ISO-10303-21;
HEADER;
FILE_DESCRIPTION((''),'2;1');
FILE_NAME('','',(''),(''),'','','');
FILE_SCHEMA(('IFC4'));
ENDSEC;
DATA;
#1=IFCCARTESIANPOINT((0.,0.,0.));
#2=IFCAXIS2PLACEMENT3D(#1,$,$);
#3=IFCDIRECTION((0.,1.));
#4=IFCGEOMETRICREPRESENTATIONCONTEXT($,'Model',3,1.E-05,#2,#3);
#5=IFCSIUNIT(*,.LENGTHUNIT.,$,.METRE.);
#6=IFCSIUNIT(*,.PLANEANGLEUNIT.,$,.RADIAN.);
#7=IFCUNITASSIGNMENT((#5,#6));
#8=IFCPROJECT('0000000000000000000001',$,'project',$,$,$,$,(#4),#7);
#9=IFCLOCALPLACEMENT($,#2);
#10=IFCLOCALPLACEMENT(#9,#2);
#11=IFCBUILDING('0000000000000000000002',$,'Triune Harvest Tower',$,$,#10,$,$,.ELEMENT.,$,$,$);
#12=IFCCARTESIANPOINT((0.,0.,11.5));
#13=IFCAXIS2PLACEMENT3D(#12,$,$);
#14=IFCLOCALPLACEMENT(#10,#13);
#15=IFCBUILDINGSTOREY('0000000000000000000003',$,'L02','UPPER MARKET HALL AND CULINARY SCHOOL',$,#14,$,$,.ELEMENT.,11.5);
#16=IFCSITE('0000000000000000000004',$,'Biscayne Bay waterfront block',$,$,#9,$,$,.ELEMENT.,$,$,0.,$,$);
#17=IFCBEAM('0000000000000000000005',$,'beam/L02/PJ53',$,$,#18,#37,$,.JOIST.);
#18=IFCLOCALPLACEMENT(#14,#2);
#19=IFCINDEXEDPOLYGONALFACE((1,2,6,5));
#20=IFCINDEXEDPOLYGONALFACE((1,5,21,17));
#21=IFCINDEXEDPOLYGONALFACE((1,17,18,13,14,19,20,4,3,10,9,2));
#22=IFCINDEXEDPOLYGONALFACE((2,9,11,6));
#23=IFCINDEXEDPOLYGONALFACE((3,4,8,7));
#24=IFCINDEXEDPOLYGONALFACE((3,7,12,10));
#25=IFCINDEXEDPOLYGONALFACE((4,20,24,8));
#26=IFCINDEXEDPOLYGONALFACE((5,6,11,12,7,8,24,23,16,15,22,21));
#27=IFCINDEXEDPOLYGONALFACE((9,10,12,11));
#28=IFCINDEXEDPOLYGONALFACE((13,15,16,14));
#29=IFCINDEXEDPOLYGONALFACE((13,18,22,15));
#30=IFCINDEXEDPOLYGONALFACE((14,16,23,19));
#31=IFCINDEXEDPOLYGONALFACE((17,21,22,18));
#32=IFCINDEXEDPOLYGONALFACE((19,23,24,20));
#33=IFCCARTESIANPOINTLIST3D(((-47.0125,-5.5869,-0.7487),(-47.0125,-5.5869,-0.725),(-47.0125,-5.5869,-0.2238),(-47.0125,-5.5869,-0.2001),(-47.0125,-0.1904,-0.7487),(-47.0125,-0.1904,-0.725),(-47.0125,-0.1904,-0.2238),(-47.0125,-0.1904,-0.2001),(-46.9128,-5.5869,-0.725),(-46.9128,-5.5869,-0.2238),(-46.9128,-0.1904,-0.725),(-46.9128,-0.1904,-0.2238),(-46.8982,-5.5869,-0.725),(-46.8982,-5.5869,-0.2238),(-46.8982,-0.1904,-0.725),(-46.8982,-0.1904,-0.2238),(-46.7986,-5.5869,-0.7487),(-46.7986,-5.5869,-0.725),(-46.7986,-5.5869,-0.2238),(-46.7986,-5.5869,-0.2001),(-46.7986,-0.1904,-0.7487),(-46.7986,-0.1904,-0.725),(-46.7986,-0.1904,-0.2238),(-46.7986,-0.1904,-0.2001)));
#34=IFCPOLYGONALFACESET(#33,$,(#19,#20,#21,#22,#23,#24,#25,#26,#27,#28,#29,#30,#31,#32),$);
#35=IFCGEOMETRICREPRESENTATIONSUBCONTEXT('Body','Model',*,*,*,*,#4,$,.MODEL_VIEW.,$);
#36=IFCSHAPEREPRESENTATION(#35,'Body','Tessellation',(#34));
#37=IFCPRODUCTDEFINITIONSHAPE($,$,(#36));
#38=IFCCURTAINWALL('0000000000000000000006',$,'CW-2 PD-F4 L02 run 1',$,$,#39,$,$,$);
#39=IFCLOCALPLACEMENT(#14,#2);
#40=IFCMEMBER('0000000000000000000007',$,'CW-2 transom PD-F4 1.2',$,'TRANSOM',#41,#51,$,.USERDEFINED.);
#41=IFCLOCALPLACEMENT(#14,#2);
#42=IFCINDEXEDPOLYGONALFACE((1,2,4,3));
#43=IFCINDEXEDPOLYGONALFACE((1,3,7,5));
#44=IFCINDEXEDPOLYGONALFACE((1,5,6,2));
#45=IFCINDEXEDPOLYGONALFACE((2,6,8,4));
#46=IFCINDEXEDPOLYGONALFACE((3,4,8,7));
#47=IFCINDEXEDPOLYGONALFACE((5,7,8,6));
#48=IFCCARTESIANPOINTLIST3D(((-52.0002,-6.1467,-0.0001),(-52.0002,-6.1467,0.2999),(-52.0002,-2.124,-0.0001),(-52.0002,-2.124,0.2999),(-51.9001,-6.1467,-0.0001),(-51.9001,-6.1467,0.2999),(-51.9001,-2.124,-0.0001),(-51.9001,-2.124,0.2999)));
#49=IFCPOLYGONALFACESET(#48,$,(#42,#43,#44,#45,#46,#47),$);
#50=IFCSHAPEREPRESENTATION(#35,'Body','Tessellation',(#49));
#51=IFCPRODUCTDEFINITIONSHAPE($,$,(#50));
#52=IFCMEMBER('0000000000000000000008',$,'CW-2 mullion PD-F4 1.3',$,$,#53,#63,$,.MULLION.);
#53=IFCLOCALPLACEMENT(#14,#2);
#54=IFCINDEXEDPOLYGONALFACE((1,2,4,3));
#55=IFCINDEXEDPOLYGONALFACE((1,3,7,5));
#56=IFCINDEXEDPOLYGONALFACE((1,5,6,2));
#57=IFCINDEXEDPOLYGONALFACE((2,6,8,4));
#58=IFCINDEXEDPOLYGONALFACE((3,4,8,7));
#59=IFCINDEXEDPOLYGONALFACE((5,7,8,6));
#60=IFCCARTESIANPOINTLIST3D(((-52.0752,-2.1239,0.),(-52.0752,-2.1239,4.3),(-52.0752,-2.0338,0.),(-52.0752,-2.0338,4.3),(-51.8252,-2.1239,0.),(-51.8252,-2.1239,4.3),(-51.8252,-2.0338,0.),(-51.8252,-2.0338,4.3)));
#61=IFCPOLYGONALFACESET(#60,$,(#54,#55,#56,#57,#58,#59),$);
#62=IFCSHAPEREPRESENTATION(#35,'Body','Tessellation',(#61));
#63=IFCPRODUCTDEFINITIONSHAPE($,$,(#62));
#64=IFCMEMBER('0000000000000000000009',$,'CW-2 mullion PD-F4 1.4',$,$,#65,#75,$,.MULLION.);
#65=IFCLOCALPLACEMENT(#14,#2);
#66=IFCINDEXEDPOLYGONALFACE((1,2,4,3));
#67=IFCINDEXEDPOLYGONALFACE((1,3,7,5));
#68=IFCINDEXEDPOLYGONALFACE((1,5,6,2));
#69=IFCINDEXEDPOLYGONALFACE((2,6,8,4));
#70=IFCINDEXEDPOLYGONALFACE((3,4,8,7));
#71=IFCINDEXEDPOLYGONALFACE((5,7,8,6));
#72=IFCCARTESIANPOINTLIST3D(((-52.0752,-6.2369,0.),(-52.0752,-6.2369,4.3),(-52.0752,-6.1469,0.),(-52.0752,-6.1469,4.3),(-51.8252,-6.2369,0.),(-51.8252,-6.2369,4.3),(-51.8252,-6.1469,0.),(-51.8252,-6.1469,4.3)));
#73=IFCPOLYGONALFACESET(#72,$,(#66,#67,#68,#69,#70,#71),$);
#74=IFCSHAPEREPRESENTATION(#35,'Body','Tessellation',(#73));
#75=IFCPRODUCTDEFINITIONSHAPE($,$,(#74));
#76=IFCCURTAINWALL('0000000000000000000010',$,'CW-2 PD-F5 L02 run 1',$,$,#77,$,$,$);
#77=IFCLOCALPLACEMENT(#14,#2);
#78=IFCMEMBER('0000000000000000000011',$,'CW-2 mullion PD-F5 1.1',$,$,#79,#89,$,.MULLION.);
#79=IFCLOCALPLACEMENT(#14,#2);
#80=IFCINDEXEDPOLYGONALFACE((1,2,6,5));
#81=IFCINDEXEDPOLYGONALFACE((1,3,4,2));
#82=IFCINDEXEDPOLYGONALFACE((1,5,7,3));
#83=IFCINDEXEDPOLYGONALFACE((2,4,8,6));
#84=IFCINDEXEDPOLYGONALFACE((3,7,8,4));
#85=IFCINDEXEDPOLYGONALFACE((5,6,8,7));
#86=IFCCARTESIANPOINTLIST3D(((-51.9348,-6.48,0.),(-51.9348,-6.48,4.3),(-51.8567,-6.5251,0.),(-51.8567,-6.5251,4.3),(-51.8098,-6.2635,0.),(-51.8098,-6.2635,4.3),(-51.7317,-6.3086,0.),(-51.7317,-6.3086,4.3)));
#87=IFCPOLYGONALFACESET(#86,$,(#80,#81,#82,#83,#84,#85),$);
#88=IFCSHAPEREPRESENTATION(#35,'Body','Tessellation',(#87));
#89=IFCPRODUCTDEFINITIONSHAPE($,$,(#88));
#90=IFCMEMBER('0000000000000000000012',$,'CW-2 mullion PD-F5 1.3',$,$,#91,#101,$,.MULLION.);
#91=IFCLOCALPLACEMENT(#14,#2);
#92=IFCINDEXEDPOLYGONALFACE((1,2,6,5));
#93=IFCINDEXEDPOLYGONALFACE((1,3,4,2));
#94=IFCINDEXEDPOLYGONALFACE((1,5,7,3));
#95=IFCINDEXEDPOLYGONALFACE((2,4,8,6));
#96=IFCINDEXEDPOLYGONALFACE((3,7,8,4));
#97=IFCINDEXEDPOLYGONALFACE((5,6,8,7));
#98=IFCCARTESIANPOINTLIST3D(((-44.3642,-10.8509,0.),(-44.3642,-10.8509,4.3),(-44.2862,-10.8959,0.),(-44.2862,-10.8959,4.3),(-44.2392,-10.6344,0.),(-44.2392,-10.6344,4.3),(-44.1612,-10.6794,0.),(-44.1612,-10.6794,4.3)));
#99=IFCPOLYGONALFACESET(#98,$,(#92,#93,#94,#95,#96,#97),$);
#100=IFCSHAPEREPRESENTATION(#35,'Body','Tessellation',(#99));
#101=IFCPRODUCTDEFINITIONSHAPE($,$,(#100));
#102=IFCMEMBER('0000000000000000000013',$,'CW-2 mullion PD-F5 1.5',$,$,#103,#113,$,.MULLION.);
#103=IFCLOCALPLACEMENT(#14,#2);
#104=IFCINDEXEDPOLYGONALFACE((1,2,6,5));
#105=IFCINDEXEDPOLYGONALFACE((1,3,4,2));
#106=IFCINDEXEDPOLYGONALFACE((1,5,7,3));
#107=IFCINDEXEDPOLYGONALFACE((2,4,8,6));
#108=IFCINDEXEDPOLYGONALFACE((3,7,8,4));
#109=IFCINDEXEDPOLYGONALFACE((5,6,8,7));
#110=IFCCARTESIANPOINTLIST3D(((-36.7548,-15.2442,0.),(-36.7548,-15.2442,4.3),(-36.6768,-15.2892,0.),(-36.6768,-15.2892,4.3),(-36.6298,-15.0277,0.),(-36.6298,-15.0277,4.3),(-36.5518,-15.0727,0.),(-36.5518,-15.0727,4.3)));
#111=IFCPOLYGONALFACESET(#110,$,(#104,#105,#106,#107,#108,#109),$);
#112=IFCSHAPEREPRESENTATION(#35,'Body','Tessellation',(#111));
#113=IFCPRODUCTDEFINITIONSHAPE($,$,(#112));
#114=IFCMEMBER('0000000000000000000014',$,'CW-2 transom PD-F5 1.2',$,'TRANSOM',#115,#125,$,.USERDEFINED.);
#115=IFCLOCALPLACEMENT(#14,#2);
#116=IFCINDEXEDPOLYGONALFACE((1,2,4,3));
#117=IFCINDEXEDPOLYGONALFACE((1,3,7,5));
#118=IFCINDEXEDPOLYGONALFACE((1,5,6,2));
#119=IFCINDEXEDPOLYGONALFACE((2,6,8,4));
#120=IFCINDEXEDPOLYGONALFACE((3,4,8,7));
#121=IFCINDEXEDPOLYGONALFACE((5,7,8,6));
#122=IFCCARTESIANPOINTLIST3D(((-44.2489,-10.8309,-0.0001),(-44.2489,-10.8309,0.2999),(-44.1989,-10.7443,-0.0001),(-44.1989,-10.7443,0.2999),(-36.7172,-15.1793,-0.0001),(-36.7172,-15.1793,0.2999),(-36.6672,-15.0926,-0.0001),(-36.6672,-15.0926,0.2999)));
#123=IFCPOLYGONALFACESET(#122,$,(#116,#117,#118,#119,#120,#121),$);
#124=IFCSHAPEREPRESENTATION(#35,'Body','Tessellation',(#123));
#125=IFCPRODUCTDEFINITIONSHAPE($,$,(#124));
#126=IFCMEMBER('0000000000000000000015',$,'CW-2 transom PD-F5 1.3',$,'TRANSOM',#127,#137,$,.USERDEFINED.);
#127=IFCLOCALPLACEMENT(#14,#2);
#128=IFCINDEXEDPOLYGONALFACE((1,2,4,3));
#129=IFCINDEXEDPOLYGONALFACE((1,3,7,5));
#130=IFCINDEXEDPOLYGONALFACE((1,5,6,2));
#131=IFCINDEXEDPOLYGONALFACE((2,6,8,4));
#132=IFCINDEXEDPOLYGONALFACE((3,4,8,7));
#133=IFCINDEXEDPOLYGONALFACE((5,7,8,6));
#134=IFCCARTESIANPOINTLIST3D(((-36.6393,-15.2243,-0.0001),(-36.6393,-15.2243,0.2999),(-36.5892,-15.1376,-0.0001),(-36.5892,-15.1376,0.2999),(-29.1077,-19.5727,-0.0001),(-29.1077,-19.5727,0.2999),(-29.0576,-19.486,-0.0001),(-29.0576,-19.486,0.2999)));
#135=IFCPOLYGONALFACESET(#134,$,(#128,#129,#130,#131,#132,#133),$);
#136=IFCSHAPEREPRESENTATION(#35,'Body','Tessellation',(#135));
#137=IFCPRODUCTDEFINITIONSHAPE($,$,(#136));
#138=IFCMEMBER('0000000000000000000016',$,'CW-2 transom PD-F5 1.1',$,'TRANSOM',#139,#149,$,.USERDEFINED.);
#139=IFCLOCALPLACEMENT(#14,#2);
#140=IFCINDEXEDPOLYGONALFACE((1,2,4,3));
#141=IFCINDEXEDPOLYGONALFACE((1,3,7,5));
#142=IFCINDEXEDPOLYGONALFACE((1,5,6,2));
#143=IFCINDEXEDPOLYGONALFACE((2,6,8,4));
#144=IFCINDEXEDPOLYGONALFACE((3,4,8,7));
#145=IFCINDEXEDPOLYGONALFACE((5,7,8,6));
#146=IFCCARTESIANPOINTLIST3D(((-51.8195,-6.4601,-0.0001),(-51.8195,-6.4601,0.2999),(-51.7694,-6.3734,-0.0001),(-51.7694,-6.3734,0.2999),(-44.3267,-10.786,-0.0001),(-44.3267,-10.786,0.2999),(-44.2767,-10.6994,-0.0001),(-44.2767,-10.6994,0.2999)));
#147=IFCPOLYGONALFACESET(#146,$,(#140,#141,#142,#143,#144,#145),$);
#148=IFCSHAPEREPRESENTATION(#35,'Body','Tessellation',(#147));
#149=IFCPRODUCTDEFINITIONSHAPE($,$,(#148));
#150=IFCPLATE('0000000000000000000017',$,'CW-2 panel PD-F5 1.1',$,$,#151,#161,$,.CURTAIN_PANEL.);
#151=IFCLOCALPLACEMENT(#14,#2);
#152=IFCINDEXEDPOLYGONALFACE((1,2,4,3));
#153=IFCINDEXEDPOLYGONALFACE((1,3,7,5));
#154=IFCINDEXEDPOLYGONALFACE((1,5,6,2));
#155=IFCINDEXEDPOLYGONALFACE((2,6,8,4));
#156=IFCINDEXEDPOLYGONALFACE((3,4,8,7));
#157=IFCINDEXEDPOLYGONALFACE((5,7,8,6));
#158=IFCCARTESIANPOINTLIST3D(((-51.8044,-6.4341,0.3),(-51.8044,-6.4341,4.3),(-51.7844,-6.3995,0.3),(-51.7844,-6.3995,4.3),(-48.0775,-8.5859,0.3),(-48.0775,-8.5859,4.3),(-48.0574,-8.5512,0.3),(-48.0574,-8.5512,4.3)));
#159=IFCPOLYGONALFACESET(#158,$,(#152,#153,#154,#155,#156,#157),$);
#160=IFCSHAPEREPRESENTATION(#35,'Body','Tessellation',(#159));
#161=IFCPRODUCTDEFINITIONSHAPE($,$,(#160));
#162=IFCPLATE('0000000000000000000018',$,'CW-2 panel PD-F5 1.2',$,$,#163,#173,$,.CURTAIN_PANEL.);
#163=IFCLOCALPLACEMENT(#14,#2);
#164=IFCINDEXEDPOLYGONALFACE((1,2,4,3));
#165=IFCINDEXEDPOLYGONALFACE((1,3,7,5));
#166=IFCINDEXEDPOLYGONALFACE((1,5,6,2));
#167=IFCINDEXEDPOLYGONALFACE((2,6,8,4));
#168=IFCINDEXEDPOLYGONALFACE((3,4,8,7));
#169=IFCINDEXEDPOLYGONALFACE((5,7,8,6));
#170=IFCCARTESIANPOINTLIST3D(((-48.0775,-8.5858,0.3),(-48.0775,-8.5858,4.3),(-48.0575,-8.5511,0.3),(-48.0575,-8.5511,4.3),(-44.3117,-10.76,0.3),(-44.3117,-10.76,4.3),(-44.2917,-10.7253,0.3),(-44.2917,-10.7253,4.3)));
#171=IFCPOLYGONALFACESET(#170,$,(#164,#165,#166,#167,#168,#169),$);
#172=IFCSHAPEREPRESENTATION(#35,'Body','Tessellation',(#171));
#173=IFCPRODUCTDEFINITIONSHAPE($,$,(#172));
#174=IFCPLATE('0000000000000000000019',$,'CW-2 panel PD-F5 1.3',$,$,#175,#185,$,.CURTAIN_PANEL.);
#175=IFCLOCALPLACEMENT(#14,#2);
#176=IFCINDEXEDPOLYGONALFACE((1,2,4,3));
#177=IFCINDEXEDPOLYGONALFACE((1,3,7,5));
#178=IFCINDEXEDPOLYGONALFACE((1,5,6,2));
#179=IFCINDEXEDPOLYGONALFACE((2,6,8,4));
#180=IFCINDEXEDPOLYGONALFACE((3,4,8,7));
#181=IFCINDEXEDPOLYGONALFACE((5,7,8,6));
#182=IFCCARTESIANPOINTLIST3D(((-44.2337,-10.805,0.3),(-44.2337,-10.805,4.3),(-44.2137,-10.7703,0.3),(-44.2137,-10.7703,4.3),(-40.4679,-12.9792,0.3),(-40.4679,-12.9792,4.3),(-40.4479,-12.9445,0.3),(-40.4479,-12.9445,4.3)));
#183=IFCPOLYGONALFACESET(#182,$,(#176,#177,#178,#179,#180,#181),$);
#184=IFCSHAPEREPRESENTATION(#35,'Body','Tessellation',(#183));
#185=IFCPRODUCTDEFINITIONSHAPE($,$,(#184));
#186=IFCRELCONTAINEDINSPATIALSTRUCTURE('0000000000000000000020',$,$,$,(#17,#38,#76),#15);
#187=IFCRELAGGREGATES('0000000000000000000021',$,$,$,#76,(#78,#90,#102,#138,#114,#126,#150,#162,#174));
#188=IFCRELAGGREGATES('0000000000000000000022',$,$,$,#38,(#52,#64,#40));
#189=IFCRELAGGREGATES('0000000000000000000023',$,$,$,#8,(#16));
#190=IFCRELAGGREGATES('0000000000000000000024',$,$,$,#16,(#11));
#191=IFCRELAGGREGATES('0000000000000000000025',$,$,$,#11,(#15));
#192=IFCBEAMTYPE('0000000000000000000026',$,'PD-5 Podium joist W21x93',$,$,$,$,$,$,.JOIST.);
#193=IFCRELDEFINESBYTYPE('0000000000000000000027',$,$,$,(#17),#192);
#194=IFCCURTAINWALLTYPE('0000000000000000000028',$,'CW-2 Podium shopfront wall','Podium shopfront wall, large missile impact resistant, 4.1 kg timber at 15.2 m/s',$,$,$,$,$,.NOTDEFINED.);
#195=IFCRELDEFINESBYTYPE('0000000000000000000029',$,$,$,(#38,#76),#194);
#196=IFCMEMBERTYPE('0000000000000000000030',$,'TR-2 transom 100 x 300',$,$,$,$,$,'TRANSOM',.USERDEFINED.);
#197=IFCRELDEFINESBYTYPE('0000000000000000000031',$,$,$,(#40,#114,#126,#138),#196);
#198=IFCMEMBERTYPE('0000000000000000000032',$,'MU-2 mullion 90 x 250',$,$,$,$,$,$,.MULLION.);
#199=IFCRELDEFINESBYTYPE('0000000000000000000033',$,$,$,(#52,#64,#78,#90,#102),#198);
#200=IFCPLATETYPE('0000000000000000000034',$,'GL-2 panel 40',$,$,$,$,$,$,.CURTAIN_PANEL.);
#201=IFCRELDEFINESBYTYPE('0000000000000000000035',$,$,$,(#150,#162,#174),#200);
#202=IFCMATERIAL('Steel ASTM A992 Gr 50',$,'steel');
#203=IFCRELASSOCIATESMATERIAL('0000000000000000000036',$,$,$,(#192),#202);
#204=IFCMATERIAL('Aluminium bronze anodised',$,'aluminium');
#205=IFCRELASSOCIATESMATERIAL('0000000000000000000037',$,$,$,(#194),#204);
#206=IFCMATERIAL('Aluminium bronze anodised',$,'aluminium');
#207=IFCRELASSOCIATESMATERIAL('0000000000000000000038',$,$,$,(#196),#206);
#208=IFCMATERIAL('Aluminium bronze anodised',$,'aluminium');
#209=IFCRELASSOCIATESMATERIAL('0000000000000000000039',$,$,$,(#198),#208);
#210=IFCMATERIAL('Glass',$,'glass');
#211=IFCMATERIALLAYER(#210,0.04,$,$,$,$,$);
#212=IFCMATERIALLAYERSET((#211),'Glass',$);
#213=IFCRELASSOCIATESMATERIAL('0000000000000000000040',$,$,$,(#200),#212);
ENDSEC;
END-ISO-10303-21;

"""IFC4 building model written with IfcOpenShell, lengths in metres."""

from ifc_helpers import new_model, si_unit, direction, frame, origin, origin_2d, place, context, subcontext, project, spatial, rectangle, i_section, extrude, source, transform, mapped, material, layer, layer_set, material_profile, profile_set, type_object, element, aggregate, save


model = new_model("IFC4")

# Units and contexts
model_context = context("Model", 3, precision=1e-05, world=origin(), true_north=direction((0.0, 1.0)))
body_context = subcontext(model_context, "Body", "Model", "MODEL_VIEW")
ifc_project = project(units=[si_unit("LENGTHUNIT", "METRE"), si_unit("PLANEANGLEUNIT", "RADIAN")], contexts=[model_context])

# Site, building, storey
site_placement = place(None, origin())
site = spatial("IfcSite", under=ifc_project, at=site_placement, Name="Biscayne Bay waterfront block", CompositionType="ELEMENT", RefElevation=0.0)
building_placement = place(site_placement, origin())
building = spatial("IfcBuilding", under=site, at=building_placement, Name="Triune Harvest Tower", CompositionType="ELEMENT")
storey_placement = place(building_placement, frame((0.0, 0.0, 11.5)))
storey = spatial("IfcBuildingStorey", under=building, at=storey_placement, Name="L02", Description="UPPER MARKET HALL AND CULINARY SCHOOL", CompositionType="ELEMENT", Elevation=11.5)

# Beam
ifc_material_1 = material(Name="Steel ASTM A992 Gr 50", Category="steel")
ifc_material_profile_1 = material_profile(ifc_material_1, i_section(OverallWidth=0.2139, OverallDepth=0.5486, WebThickness=0.0146, FlangeThickness=0.0237, at=origin_2d()), Name="W21x93")
ifc_profile_set_1 = profile_set([ifc_material_profile_1], Name="Steel ASTM A992 Gr 50")
beam_type_1 = type_object("IfcBeamType", Name="PD-5 Podium joist W21x93", PredefinedType="JOIST", material=ifc_profile_set_1)
shared_shape_1 = source(origin(), body_context, "Body", "SweptSolid", [
    extrude(i_section(OverallWidth=0.2139, OverallDepth=0.5486, WebThickness=0.0146, FlangeThickness=0.0237, at=origin_2d()), origin(), (0.0, 0.0, 1.0), 5.3965),
])
beam_1_placement = place(storey_placement, frame((-46.9055, -0.1904, -0.4744), z_axis=(0.0, -1.0, 0.0), x_axis=(1.0, 0.0, 0.0)))
element("IfcBeam", 1, at=beam_1_placement, inside=storey, type_object=beam_type_1, Name="beam/L02/PJ53", PredefinedType="JOIST", context=body_context, shape_type="MappedRepresentation", body=[
    mapped(shared_shape_1, transform((0.0, 0.0, 0.0), scale=1.0)),
])

# Curtain wall, members
ifc_material_2 = material(Name="Aluminium bronze anodised", Category="aluminium")
curtain_wall_type = type_object("IfcCurtainWallType", Name="CW-2 Podium shopfront wall", Description="Podium shopfront wall, large missile impact resistant, 4.1 kg timber at 15.2 m/s", PredefinedType="NOTDEFINED", material=ifc_material_2)
curtain_wall_1_placement = place(storey_placement, origin())
curtain_wall_1 = element("IfcCurtainWall", 2, at=curtain_wall_1_placement, inside=storey, type_object=curtain_wall_type, Name="CW-2 PD-F4 L02 run 1")
ifc_material_3 = material(Name="Aluminium bronze anodised", Category="aluminium")
ifc_material_profile_2 = material_profile(ifc_material_3, rectangle(XDim=0.1001, YDim=0.3, at=origin_2d()), Name="TR-2 transom 100 x 300")
ifc_profile_set_2 = profile_set([ifc_material_profile_2], Name="Aluminium bronze anodised")
member_type_1 = type_object("IfcMemberType", Name="TR-2 transom 100 x 300", ElementType="TRANSOM", PredefinedType="USERDEFINED", material=ifc_profile_set_2)
shared_shape_2 = source(origin(), body_context, "Body", "SweptSolid", [
    extrude(rectangle(XDim=0.1001, YDim=0.3, at=origin_2d()), origin(), (0.0, 0.0, 1.0), 4.0227),
])
member_1_placement = place(storey_placement, frame((-51.9502, -2.124, 0.1499), z_axis=(0.0, -1.0, 0.0), x_axis=(1.0, 0.0, 0.0)))
member_1 = element("IfcMember", 3, at=member_1_placement, type_object=member_type_1, Name="CW-2 transom PD-F4 1.2", ObjectType="TRANSOM", PredefinedType="USERDEFINED", context=body_context, shape_type="MappedRepresentation", body=[
    mapped(shared_shape_2, transform((0.0, 0.0, 0.0), scale=1.0)),
])
ifc_material_4 = material(Name="Aluminium bronze anodised", Category="aluminium")
ifc_material_profile_3 = material_profile(ifc_material_4, rectangle(XDim=0.25, YDim=0.0901, at=origin_2d()), Name="MU-2 mullion 90 x 250")
ifc_profile_set_3 = profile_set([ifc_material_profile_3], Name="Aluminium bronze anodised")
member_type_2 = type_object("IfcMemberType", Name="MU-2 mullion 90 x 250", PredefinedType="MULLION", material=ifc_profile_set_3)
shared_shape_3 = source(origin(), body_context, "Body", "SweptSolid", [
    extrude(rectangle(XDim=0.25, YDim=0.0901, at=origin_2d()), origin(), (0.0, 0.0, 1.0), 4.3),
])
member_2_placement = place(storey_placement, frame((-51.9502, -2.0789, 0.0), z_axis=(0.0, 0.0, 1.0), x_axis=(1.0, 0.0, 0.0)))
member_2 = element("IfcMember", 4, at=member_2_placement, type_object=member_type_2, Name="CW-2 mullion PD-F4 1.3", PredefinedType="MULLION", context=body_context, shape_type="MappedRepresentation", body=[
    mapped(shared_shape_3, transform((0.0, 0.0, 0.0), scale=1.0)),
])
member_3_placement = place(storey_placement, frame((-51.9502, -6.1919, 0.0), z_axis=(0.0, 0.0, 1.0), x_axis=(1.0, 0.0, 0.0)))
member_3 = element("IfcMember", 5, at=member_3_placement, type_object=member_type_2, Name="CW-2 mullion PD-F4 1.4", PredefinedType="MULLION", context=body_context, shape_type="MappedRepresentation", body=[
    mapped(shared_shape_3, transform((0.0, 0.0, 0.0), scale=1.0)),
])

# Curtain wall, members, plates
curtain_wall_2_placement = place(storey_placement, origin())
curtain_wall_2 = element("IfcCurtainWall", 6, at=curtain_wall_2_placement, inside=storey, type_object=curtain_wall_type, Name="CW-2 PD-F5 L02 run 1")
member_4_placement = place(storey_placement, frame((-51.8333, -6.3943, 0.0), z_axis=(0.0, 0.0, 1.0), x_axis=(0.5, 0.866025, 0.0)))
member_4 = element("IfcMember", 7, at=member_4_placement, type_object=member_type_2, Name="CW-2 mullion PD-F5 1.1", PredefinedType="MULLION", context=body_context, shape_type="MappedRepresentation", body=[
    mapped(shared_shape_3, transform((0.0, 0.0, 0.0), scale=1.0)),
])
member_5_placement = place(storey_placement, frame((-44.2627, -10.7651, 0.0), z_axis=(0.0, 0.0, 1.0), x_axis=(0.5, 0.866025, 0.0)))
member_5 = element("IfcMember", 8, at=member_5_placement, type_object=member_type_2, Name="CW-2 mullion PD-F5 1.3", PredefinedType="MULLION", context=body_context, shape_type="MappedRepresentation", body=[
    mapped(shared_shape_3, transform((0.0, 0.0, 0.0), scale=1.0)),
])
member_6_placement = place(storey_placement, frame((-36.6533, -15.1584, 0.0), z_axis=(0.0, 0.0, 1.0), x_axis=(0.5, 0.866025, 0.0)))
member_6 = element("IfcMember", 9, at=member_6_placement, type_object=member_type_2, Name="CW-2 mullion PD-F5 1.5", PredefinedType="MULLION", context=body_context, shape_type="MappedRepresentation", body=[
    mapped(shared_shape_3, transform((0.0, 0.0, 0.0), scale=1.0)),
])
shared_shape_4 = source(origin(), body_context, "Body", "SweptSolid", [
    extrude(rectangle(XDim=0.1001, YDim=0.3, at=origin_2d()), origin(), (0.0, 0.0, 1.0), 8.6968),
])
member_7_placement = place(storey_placement, frame((-44.2239, -10.7876, 0.1499), z_axis=(0.866029, -0.499995, 0.0), x_axis=(0.499995, 0.866029, 0.0)))
member_7 = element("IfcMember", 10, at=member_7_placement, type_object=member_type_1, Name="CW-2 transom PD-F5 1.2", ObjectType="TRANSOM", PredefinedType="USERDEFINED", context=body_context, shape_type="MappedRepresentation", body=[
    mapped(shared_shape_4, transform((0.0, 0.0, 0.0), scale=1.0)),
])
member_8_placement = place(storey_placement, frame((-36.6143, -15.1809, 0.1499), z_axis=(0.866021, -0.500007, 0.0), x_axis=(0.500007, 0.866021, 0.0)))
member_8 = element("IfcMember", 11, at=member_8_placement, type_object=member_type_1, Name="CW-2 transom PD-F5 1.3", ObjectType="TRANSOM", PredefinedType="USERDEFINED", context=body_context, shape_type="MappedRepresentation", body=[
    mapped(shared_shape_4, transform((0.0, 0.0, 0.0), scale=1.0)),
])
shared_shape_5 = source(origin(), body_context, "Body", "SweptSolid", [
    extrude(rectangle(XDim=0.1001, YDim=0.3, at=origin_2d()), origin(), (0.0, 0.0, 1.0), 8.6519),
])
member_9_placement = place(storey_placement, frame((-51.7944, -6.4167, 0.1499), z_axis=(0.866024, -0.500003, 0.0), x_axis=(0.500003, 0.866024, 0.0)))
member_9 = element("IfcMember", 12, at=member_9_placement, type_object=member_type_1, Name="CW-2 transom PD-F5 1.1", ObjectType="TRANSOM", PredefinedType="USERDEFINED", context=body_context, shape_type="MappedRepresentation", body=[
    mapped(shared_shape_5, transform((0.0, 0.0, 0.0), scale=1.0)),
])
ifc_material_5 = material(Name="Glass", Category="glass")
ifc_layer_1 = layer(ifc_material_5, 0.04)
ifc_layer_set_1 = layer_set([ifc_layer_1], Name="Glass")
plate_type = type_object("IfcPlateType", Name="GL-2 panel 40", PredefinedType="CURTAIN_PANEL", material=ifc_layer_set_1)
shared_shape_6 = source(origin(), body_context, "Body", "SweptSolid", [
    extrude(rectangle(XDim=4.3035, YDim=0.04, at=origin_2d()), origin(), (0.0, 0.0, 1.0), 4.0),
])
plate_1_placement = place(storey_placement, frame((-49.9309, -7.4927, 0.3), z_axis=(0.0, 0.0, 1.0), x_axis=(0.866025, -0.5, 0.0)))
plate_1 = element("IfcPlate", 13, at=plate_1_placement, type_object=plate_type, Name="CW-2 panel PD-F5 1.1", PredefinedType="CURTAIN_PANEL", context=body_context, shape_type="MappedRepresentation", body=[
    mapped(shared_shape_6, transform((0.0, 0.0, 0.0), scale=1.0)),
])
shared_shape_7 = source(origin(), body_context, "Body", "SweptSolid", [
    extrude(rectangle(XDim=4.3484, YDim=0.04, at=origin_2d()), origin(), (0.0, 0.0, 1.0), 4.0),
])
plate_2_placement = place(storey_placement, frame((-46.1846, -9.6555, 0.3), z_axis=(0.0, 0.0, 1.0), x_axis=(0.866025, -0.5, 0.0)))
plate_2 = element("IfcPlate", 14, at=plate_2_placement, type_object=plate_type, Name="CW-2 panel PD-F5 1.2", PredefinedType="CURTAIN_PANEL", context=body_context, shape_type="MappedRepresentation", body=[
    mapped(shared_shape_7, transform((0.0, 0.0, 0.0), scale=1.0)),
])
plate_3_placement = place(storey_placement, frame((-42.3408, -11.8748, 0.3), z_axis=(0.0, 0.0, 1.0), x_axis=(0.866025, -0.5, 0.0)))
plate_3 = element("IfcPlate", 15, at=plate_3_placement, type_object=plate_type, Name="CW-2 panel PD-F5 1.3", PredefinedType="CURTAIN_PANEL", context=body_context, shape_type="MappedRepresentation", body=[
    mapped(shared_shape_7, transform((0.0, 0.0, 0.0), scale=1.0)),
])
aggregate(curtain_wall_2, [member_4, member_5, member_6, member_9, member_7, member_8, plate_1, plate_2, plate_3])

aggregate(curtain_wall_1, [member_2, member_3, member_1])

save(model, "model.ifc")
